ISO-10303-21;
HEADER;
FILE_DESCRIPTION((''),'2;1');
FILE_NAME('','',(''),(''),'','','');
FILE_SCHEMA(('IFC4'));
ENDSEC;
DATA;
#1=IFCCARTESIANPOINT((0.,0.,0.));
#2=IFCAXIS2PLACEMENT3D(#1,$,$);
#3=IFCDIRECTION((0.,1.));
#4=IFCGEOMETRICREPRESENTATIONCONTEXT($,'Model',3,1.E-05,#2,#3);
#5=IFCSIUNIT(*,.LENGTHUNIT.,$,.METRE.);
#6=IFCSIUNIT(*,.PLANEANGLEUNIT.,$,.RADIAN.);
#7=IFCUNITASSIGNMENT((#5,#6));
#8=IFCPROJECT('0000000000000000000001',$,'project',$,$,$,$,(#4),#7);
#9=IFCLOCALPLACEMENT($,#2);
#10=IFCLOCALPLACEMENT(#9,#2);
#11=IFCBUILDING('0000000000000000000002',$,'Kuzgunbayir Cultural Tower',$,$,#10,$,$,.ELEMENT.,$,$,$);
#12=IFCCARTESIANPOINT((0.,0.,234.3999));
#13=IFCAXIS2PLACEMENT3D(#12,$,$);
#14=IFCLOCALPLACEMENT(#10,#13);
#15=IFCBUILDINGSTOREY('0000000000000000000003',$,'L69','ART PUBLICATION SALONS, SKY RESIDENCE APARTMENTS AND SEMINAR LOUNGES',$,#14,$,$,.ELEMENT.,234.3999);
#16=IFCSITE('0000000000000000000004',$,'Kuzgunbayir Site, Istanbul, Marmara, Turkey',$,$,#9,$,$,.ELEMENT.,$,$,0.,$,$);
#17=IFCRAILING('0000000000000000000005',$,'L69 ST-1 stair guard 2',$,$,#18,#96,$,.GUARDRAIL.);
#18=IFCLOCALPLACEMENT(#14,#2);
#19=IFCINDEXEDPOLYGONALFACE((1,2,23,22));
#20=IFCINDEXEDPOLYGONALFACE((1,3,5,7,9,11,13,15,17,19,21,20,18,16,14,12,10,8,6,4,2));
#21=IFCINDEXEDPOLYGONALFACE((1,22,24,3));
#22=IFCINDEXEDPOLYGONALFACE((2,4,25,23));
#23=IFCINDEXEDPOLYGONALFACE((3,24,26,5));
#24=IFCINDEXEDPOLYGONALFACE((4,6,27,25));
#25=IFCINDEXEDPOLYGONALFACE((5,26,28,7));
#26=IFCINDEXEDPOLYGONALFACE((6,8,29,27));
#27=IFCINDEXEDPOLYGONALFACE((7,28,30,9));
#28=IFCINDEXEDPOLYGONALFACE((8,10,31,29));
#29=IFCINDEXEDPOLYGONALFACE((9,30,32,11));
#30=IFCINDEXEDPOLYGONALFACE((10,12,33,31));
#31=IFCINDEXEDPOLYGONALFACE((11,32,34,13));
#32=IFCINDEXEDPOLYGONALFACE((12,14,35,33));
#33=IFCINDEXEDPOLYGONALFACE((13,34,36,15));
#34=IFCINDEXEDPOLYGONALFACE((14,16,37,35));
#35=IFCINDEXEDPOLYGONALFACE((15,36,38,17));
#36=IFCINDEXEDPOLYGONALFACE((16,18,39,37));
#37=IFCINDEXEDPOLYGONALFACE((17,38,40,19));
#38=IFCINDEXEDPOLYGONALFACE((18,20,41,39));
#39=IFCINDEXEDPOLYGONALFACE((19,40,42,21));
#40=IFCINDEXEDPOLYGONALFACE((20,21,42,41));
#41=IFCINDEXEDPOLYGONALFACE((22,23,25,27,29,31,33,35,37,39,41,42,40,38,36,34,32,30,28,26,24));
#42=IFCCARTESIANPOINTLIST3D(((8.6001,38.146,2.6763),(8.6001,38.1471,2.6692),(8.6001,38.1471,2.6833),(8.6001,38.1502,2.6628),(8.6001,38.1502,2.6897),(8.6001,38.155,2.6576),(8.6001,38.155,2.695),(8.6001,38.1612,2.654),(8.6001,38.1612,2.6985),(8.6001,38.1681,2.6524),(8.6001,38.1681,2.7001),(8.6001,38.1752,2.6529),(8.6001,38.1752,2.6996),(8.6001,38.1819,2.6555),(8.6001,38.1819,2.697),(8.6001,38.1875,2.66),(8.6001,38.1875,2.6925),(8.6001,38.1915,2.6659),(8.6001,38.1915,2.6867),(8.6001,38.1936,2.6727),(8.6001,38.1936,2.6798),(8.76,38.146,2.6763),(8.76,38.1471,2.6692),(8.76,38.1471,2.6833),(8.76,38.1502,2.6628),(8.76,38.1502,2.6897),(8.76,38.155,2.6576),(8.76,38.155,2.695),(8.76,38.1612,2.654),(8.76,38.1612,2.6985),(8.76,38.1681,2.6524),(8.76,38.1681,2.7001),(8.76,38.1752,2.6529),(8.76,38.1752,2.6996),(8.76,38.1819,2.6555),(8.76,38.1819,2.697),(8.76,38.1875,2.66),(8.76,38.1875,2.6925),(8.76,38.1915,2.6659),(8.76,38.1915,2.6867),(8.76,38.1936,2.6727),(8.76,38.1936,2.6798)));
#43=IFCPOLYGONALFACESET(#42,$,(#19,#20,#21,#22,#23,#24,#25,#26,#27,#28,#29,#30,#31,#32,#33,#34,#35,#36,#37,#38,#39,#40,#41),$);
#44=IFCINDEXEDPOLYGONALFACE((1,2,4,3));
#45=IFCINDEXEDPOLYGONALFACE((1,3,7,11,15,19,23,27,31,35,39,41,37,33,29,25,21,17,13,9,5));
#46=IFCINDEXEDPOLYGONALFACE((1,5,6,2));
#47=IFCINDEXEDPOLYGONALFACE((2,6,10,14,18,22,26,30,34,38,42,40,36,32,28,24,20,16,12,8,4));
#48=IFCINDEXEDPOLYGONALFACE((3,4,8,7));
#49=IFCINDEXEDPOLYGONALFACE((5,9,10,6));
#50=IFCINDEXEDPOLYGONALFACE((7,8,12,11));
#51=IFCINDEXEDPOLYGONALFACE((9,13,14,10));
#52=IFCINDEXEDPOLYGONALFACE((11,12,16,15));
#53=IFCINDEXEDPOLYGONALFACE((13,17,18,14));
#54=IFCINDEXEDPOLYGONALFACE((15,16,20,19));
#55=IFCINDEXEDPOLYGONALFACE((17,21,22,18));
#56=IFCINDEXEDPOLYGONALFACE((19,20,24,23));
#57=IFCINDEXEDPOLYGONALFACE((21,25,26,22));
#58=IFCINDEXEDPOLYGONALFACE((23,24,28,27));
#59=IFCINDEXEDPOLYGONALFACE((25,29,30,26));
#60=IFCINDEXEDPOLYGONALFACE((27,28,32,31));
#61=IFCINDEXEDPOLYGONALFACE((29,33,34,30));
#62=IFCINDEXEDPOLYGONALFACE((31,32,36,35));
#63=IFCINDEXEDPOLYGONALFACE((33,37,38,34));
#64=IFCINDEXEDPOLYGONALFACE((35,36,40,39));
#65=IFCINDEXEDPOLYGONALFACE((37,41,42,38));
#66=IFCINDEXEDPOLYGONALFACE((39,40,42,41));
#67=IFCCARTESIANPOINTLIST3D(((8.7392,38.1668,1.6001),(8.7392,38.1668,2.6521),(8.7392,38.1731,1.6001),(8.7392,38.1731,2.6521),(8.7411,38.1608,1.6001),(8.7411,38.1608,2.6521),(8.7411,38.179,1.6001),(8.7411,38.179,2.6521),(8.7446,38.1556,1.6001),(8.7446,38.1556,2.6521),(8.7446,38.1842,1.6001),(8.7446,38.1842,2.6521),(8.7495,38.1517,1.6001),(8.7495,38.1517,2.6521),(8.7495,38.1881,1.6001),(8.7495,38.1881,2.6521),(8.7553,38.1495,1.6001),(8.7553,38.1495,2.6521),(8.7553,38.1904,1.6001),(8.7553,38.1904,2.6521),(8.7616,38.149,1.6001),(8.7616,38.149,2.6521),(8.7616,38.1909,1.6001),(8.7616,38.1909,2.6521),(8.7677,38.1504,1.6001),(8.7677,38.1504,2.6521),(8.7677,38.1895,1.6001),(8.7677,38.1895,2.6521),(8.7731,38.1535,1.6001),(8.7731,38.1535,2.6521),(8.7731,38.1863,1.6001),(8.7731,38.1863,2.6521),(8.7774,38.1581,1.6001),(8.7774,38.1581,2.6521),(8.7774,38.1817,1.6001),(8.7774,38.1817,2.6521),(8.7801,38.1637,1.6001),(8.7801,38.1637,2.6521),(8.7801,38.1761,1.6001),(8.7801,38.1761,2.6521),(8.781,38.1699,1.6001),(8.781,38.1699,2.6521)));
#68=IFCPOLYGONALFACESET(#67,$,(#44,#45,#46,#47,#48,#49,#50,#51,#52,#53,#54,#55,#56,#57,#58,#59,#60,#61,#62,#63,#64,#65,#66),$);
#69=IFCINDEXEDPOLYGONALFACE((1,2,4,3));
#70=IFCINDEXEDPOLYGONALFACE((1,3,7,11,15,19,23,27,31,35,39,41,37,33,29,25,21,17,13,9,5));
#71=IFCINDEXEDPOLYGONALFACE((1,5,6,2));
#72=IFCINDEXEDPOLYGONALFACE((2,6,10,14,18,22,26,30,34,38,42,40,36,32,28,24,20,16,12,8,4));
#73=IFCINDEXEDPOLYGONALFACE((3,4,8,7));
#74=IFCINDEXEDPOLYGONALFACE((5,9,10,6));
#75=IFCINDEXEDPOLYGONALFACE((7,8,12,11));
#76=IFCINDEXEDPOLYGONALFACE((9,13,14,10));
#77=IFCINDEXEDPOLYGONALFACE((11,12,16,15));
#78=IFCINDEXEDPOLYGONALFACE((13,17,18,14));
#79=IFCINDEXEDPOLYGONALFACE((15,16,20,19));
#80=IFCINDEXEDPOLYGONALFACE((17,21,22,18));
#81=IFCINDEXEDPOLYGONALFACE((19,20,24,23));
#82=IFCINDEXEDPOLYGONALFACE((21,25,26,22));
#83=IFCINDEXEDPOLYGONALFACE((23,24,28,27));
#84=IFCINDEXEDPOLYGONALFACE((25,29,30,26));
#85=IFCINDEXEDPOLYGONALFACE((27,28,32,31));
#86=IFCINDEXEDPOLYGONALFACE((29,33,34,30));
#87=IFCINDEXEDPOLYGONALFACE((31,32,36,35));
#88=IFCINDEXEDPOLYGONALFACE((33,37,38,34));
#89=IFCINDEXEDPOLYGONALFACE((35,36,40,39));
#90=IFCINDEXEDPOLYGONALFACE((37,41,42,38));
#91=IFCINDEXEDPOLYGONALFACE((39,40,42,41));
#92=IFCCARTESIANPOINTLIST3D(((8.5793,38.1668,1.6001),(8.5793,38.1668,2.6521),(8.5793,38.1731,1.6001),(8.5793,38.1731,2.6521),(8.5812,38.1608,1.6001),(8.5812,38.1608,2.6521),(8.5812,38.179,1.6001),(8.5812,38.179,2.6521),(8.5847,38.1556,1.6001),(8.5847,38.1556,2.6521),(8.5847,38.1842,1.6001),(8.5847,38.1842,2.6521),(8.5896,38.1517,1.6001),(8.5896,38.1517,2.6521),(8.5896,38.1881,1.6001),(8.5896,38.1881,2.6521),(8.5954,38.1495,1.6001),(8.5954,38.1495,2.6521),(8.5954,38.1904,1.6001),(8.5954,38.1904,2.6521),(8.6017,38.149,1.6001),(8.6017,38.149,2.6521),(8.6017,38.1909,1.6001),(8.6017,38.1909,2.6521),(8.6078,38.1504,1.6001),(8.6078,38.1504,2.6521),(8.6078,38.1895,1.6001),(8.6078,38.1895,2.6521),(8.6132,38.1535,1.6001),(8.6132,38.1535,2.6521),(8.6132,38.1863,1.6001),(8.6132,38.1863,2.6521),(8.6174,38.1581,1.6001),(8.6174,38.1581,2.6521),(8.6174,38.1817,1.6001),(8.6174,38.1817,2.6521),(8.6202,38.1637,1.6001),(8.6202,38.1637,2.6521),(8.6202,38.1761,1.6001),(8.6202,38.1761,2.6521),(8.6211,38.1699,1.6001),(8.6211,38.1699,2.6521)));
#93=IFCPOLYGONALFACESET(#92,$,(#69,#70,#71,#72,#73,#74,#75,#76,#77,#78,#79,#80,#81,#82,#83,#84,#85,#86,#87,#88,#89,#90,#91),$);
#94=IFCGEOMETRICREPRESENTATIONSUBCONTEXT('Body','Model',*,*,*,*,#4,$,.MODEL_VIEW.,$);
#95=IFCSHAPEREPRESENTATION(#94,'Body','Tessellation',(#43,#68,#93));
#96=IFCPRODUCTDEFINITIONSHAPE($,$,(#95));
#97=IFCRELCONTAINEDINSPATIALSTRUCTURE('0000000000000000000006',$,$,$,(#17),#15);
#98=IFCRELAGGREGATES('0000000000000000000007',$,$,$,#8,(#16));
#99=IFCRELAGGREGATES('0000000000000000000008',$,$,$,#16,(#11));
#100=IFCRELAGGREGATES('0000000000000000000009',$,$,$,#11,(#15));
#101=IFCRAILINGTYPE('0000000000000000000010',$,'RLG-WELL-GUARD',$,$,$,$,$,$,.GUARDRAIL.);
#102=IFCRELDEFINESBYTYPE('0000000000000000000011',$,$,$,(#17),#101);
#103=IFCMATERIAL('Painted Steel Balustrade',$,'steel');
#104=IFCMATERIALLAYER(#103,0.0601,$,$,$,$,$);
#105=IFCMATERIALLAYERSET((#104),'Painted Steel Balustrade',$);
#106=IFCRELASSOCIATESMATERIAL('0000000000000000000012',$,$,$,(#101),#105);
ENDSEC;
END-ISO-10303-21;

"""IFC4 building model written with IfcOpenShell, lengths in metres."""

from ifc_helpers import new_model, si_unit, direction, frame, origin, origin_2d, place, context, subcontext, project, spatial, circle, extrude, material, layer, layer_set, type_object, element, save


model = new_model("IFC4")

# Units and contexts
model_context = context("Model", 3, precision=1e-05, world=origin(), true_north=direction((0.0, 1.0)))
body_context = subcontext(model_context, "Body", "Model", "MODEL_VIEW")
ifc_project = project(units=[si_unit("LENGTHUNIT", "METRE"), si_unit("PLANEANGLEUNIT", "RADIAN")], contexts=[model_context])

# Site, building, storey
site_placement = place(None, origin())
site = spatial("IfcSite", under=ifc_project, at=site_placement, Name="Kuzgunbayir Site, Istanbul, Marmara, Turkey", CompositionType="ELEMENT", RefElevation=0.0)
building_placement = place(site_placement, origin())
building = spatial("IfcBuilding", under=site, at=building_placement, Name="Kuzgunbayir Cultural Tower", CompositionType="ELEMENT")
storey_placement = place(building_placement, frame((0.0, 0.0, 234.3999)))
storey = spatial("IfcBuildingStorey", under=building, at=storey_placement, Name="L69", Description="ART PUBLICATION SALONS, SKY RESIDENCE APARTMENTS AND SEMINAR LOUNGES", CompositionType="ELEMENT", Elevation=234.3999)

# Railing
ifc_material_1 = material(Name="Painted Steel Balustrade", Category="steel")
ifc_layer_1 = layer(ifc_material_1, 0.0601)
ifc_layer_set_1 = layer_set([ifc_layer_1], Name="Painted Steel Balustrade")
railing_type_1 = type_object("IfcRailingType", Name="RLG-WELL-GUARD", PredefinedType="GUARDRAIL", material=ifc_layer_set_1)
railing_1_placement = place(storey_placement, frame((8.76, 38.1699, 1.6001)))
element("IfcRailing", 1, at=railing_1_placement, inside=storey, type_object=railing_type_1, Name="L69 ST-1 stair guard 2", PredefinedType="GUARDRAIL", context=body_context, shape_type="SweptSolid", body=[
    extrude(circle(Radius=0.0239, at=origin_2d()), frame((0.0, 0.0, 1.0762), z_axis=(-1.0, 0.0, 0.0), x_axis=(0.0, -1.0, 0.0)), (0.0, 0.0, 1.0), 0.1599),
    extrude(circle(Radius=0.021, at=origin_2d()), origin(), (0.0, 0.0, 1.0), 1.052),
    extrude(circle(Radius=0.021, at=origin_2d()), frame((-0.1599, 0.0, 0.0)), (0.0, 0.0, 1.0), 1.052),
])

save(model, "model.ifc")
